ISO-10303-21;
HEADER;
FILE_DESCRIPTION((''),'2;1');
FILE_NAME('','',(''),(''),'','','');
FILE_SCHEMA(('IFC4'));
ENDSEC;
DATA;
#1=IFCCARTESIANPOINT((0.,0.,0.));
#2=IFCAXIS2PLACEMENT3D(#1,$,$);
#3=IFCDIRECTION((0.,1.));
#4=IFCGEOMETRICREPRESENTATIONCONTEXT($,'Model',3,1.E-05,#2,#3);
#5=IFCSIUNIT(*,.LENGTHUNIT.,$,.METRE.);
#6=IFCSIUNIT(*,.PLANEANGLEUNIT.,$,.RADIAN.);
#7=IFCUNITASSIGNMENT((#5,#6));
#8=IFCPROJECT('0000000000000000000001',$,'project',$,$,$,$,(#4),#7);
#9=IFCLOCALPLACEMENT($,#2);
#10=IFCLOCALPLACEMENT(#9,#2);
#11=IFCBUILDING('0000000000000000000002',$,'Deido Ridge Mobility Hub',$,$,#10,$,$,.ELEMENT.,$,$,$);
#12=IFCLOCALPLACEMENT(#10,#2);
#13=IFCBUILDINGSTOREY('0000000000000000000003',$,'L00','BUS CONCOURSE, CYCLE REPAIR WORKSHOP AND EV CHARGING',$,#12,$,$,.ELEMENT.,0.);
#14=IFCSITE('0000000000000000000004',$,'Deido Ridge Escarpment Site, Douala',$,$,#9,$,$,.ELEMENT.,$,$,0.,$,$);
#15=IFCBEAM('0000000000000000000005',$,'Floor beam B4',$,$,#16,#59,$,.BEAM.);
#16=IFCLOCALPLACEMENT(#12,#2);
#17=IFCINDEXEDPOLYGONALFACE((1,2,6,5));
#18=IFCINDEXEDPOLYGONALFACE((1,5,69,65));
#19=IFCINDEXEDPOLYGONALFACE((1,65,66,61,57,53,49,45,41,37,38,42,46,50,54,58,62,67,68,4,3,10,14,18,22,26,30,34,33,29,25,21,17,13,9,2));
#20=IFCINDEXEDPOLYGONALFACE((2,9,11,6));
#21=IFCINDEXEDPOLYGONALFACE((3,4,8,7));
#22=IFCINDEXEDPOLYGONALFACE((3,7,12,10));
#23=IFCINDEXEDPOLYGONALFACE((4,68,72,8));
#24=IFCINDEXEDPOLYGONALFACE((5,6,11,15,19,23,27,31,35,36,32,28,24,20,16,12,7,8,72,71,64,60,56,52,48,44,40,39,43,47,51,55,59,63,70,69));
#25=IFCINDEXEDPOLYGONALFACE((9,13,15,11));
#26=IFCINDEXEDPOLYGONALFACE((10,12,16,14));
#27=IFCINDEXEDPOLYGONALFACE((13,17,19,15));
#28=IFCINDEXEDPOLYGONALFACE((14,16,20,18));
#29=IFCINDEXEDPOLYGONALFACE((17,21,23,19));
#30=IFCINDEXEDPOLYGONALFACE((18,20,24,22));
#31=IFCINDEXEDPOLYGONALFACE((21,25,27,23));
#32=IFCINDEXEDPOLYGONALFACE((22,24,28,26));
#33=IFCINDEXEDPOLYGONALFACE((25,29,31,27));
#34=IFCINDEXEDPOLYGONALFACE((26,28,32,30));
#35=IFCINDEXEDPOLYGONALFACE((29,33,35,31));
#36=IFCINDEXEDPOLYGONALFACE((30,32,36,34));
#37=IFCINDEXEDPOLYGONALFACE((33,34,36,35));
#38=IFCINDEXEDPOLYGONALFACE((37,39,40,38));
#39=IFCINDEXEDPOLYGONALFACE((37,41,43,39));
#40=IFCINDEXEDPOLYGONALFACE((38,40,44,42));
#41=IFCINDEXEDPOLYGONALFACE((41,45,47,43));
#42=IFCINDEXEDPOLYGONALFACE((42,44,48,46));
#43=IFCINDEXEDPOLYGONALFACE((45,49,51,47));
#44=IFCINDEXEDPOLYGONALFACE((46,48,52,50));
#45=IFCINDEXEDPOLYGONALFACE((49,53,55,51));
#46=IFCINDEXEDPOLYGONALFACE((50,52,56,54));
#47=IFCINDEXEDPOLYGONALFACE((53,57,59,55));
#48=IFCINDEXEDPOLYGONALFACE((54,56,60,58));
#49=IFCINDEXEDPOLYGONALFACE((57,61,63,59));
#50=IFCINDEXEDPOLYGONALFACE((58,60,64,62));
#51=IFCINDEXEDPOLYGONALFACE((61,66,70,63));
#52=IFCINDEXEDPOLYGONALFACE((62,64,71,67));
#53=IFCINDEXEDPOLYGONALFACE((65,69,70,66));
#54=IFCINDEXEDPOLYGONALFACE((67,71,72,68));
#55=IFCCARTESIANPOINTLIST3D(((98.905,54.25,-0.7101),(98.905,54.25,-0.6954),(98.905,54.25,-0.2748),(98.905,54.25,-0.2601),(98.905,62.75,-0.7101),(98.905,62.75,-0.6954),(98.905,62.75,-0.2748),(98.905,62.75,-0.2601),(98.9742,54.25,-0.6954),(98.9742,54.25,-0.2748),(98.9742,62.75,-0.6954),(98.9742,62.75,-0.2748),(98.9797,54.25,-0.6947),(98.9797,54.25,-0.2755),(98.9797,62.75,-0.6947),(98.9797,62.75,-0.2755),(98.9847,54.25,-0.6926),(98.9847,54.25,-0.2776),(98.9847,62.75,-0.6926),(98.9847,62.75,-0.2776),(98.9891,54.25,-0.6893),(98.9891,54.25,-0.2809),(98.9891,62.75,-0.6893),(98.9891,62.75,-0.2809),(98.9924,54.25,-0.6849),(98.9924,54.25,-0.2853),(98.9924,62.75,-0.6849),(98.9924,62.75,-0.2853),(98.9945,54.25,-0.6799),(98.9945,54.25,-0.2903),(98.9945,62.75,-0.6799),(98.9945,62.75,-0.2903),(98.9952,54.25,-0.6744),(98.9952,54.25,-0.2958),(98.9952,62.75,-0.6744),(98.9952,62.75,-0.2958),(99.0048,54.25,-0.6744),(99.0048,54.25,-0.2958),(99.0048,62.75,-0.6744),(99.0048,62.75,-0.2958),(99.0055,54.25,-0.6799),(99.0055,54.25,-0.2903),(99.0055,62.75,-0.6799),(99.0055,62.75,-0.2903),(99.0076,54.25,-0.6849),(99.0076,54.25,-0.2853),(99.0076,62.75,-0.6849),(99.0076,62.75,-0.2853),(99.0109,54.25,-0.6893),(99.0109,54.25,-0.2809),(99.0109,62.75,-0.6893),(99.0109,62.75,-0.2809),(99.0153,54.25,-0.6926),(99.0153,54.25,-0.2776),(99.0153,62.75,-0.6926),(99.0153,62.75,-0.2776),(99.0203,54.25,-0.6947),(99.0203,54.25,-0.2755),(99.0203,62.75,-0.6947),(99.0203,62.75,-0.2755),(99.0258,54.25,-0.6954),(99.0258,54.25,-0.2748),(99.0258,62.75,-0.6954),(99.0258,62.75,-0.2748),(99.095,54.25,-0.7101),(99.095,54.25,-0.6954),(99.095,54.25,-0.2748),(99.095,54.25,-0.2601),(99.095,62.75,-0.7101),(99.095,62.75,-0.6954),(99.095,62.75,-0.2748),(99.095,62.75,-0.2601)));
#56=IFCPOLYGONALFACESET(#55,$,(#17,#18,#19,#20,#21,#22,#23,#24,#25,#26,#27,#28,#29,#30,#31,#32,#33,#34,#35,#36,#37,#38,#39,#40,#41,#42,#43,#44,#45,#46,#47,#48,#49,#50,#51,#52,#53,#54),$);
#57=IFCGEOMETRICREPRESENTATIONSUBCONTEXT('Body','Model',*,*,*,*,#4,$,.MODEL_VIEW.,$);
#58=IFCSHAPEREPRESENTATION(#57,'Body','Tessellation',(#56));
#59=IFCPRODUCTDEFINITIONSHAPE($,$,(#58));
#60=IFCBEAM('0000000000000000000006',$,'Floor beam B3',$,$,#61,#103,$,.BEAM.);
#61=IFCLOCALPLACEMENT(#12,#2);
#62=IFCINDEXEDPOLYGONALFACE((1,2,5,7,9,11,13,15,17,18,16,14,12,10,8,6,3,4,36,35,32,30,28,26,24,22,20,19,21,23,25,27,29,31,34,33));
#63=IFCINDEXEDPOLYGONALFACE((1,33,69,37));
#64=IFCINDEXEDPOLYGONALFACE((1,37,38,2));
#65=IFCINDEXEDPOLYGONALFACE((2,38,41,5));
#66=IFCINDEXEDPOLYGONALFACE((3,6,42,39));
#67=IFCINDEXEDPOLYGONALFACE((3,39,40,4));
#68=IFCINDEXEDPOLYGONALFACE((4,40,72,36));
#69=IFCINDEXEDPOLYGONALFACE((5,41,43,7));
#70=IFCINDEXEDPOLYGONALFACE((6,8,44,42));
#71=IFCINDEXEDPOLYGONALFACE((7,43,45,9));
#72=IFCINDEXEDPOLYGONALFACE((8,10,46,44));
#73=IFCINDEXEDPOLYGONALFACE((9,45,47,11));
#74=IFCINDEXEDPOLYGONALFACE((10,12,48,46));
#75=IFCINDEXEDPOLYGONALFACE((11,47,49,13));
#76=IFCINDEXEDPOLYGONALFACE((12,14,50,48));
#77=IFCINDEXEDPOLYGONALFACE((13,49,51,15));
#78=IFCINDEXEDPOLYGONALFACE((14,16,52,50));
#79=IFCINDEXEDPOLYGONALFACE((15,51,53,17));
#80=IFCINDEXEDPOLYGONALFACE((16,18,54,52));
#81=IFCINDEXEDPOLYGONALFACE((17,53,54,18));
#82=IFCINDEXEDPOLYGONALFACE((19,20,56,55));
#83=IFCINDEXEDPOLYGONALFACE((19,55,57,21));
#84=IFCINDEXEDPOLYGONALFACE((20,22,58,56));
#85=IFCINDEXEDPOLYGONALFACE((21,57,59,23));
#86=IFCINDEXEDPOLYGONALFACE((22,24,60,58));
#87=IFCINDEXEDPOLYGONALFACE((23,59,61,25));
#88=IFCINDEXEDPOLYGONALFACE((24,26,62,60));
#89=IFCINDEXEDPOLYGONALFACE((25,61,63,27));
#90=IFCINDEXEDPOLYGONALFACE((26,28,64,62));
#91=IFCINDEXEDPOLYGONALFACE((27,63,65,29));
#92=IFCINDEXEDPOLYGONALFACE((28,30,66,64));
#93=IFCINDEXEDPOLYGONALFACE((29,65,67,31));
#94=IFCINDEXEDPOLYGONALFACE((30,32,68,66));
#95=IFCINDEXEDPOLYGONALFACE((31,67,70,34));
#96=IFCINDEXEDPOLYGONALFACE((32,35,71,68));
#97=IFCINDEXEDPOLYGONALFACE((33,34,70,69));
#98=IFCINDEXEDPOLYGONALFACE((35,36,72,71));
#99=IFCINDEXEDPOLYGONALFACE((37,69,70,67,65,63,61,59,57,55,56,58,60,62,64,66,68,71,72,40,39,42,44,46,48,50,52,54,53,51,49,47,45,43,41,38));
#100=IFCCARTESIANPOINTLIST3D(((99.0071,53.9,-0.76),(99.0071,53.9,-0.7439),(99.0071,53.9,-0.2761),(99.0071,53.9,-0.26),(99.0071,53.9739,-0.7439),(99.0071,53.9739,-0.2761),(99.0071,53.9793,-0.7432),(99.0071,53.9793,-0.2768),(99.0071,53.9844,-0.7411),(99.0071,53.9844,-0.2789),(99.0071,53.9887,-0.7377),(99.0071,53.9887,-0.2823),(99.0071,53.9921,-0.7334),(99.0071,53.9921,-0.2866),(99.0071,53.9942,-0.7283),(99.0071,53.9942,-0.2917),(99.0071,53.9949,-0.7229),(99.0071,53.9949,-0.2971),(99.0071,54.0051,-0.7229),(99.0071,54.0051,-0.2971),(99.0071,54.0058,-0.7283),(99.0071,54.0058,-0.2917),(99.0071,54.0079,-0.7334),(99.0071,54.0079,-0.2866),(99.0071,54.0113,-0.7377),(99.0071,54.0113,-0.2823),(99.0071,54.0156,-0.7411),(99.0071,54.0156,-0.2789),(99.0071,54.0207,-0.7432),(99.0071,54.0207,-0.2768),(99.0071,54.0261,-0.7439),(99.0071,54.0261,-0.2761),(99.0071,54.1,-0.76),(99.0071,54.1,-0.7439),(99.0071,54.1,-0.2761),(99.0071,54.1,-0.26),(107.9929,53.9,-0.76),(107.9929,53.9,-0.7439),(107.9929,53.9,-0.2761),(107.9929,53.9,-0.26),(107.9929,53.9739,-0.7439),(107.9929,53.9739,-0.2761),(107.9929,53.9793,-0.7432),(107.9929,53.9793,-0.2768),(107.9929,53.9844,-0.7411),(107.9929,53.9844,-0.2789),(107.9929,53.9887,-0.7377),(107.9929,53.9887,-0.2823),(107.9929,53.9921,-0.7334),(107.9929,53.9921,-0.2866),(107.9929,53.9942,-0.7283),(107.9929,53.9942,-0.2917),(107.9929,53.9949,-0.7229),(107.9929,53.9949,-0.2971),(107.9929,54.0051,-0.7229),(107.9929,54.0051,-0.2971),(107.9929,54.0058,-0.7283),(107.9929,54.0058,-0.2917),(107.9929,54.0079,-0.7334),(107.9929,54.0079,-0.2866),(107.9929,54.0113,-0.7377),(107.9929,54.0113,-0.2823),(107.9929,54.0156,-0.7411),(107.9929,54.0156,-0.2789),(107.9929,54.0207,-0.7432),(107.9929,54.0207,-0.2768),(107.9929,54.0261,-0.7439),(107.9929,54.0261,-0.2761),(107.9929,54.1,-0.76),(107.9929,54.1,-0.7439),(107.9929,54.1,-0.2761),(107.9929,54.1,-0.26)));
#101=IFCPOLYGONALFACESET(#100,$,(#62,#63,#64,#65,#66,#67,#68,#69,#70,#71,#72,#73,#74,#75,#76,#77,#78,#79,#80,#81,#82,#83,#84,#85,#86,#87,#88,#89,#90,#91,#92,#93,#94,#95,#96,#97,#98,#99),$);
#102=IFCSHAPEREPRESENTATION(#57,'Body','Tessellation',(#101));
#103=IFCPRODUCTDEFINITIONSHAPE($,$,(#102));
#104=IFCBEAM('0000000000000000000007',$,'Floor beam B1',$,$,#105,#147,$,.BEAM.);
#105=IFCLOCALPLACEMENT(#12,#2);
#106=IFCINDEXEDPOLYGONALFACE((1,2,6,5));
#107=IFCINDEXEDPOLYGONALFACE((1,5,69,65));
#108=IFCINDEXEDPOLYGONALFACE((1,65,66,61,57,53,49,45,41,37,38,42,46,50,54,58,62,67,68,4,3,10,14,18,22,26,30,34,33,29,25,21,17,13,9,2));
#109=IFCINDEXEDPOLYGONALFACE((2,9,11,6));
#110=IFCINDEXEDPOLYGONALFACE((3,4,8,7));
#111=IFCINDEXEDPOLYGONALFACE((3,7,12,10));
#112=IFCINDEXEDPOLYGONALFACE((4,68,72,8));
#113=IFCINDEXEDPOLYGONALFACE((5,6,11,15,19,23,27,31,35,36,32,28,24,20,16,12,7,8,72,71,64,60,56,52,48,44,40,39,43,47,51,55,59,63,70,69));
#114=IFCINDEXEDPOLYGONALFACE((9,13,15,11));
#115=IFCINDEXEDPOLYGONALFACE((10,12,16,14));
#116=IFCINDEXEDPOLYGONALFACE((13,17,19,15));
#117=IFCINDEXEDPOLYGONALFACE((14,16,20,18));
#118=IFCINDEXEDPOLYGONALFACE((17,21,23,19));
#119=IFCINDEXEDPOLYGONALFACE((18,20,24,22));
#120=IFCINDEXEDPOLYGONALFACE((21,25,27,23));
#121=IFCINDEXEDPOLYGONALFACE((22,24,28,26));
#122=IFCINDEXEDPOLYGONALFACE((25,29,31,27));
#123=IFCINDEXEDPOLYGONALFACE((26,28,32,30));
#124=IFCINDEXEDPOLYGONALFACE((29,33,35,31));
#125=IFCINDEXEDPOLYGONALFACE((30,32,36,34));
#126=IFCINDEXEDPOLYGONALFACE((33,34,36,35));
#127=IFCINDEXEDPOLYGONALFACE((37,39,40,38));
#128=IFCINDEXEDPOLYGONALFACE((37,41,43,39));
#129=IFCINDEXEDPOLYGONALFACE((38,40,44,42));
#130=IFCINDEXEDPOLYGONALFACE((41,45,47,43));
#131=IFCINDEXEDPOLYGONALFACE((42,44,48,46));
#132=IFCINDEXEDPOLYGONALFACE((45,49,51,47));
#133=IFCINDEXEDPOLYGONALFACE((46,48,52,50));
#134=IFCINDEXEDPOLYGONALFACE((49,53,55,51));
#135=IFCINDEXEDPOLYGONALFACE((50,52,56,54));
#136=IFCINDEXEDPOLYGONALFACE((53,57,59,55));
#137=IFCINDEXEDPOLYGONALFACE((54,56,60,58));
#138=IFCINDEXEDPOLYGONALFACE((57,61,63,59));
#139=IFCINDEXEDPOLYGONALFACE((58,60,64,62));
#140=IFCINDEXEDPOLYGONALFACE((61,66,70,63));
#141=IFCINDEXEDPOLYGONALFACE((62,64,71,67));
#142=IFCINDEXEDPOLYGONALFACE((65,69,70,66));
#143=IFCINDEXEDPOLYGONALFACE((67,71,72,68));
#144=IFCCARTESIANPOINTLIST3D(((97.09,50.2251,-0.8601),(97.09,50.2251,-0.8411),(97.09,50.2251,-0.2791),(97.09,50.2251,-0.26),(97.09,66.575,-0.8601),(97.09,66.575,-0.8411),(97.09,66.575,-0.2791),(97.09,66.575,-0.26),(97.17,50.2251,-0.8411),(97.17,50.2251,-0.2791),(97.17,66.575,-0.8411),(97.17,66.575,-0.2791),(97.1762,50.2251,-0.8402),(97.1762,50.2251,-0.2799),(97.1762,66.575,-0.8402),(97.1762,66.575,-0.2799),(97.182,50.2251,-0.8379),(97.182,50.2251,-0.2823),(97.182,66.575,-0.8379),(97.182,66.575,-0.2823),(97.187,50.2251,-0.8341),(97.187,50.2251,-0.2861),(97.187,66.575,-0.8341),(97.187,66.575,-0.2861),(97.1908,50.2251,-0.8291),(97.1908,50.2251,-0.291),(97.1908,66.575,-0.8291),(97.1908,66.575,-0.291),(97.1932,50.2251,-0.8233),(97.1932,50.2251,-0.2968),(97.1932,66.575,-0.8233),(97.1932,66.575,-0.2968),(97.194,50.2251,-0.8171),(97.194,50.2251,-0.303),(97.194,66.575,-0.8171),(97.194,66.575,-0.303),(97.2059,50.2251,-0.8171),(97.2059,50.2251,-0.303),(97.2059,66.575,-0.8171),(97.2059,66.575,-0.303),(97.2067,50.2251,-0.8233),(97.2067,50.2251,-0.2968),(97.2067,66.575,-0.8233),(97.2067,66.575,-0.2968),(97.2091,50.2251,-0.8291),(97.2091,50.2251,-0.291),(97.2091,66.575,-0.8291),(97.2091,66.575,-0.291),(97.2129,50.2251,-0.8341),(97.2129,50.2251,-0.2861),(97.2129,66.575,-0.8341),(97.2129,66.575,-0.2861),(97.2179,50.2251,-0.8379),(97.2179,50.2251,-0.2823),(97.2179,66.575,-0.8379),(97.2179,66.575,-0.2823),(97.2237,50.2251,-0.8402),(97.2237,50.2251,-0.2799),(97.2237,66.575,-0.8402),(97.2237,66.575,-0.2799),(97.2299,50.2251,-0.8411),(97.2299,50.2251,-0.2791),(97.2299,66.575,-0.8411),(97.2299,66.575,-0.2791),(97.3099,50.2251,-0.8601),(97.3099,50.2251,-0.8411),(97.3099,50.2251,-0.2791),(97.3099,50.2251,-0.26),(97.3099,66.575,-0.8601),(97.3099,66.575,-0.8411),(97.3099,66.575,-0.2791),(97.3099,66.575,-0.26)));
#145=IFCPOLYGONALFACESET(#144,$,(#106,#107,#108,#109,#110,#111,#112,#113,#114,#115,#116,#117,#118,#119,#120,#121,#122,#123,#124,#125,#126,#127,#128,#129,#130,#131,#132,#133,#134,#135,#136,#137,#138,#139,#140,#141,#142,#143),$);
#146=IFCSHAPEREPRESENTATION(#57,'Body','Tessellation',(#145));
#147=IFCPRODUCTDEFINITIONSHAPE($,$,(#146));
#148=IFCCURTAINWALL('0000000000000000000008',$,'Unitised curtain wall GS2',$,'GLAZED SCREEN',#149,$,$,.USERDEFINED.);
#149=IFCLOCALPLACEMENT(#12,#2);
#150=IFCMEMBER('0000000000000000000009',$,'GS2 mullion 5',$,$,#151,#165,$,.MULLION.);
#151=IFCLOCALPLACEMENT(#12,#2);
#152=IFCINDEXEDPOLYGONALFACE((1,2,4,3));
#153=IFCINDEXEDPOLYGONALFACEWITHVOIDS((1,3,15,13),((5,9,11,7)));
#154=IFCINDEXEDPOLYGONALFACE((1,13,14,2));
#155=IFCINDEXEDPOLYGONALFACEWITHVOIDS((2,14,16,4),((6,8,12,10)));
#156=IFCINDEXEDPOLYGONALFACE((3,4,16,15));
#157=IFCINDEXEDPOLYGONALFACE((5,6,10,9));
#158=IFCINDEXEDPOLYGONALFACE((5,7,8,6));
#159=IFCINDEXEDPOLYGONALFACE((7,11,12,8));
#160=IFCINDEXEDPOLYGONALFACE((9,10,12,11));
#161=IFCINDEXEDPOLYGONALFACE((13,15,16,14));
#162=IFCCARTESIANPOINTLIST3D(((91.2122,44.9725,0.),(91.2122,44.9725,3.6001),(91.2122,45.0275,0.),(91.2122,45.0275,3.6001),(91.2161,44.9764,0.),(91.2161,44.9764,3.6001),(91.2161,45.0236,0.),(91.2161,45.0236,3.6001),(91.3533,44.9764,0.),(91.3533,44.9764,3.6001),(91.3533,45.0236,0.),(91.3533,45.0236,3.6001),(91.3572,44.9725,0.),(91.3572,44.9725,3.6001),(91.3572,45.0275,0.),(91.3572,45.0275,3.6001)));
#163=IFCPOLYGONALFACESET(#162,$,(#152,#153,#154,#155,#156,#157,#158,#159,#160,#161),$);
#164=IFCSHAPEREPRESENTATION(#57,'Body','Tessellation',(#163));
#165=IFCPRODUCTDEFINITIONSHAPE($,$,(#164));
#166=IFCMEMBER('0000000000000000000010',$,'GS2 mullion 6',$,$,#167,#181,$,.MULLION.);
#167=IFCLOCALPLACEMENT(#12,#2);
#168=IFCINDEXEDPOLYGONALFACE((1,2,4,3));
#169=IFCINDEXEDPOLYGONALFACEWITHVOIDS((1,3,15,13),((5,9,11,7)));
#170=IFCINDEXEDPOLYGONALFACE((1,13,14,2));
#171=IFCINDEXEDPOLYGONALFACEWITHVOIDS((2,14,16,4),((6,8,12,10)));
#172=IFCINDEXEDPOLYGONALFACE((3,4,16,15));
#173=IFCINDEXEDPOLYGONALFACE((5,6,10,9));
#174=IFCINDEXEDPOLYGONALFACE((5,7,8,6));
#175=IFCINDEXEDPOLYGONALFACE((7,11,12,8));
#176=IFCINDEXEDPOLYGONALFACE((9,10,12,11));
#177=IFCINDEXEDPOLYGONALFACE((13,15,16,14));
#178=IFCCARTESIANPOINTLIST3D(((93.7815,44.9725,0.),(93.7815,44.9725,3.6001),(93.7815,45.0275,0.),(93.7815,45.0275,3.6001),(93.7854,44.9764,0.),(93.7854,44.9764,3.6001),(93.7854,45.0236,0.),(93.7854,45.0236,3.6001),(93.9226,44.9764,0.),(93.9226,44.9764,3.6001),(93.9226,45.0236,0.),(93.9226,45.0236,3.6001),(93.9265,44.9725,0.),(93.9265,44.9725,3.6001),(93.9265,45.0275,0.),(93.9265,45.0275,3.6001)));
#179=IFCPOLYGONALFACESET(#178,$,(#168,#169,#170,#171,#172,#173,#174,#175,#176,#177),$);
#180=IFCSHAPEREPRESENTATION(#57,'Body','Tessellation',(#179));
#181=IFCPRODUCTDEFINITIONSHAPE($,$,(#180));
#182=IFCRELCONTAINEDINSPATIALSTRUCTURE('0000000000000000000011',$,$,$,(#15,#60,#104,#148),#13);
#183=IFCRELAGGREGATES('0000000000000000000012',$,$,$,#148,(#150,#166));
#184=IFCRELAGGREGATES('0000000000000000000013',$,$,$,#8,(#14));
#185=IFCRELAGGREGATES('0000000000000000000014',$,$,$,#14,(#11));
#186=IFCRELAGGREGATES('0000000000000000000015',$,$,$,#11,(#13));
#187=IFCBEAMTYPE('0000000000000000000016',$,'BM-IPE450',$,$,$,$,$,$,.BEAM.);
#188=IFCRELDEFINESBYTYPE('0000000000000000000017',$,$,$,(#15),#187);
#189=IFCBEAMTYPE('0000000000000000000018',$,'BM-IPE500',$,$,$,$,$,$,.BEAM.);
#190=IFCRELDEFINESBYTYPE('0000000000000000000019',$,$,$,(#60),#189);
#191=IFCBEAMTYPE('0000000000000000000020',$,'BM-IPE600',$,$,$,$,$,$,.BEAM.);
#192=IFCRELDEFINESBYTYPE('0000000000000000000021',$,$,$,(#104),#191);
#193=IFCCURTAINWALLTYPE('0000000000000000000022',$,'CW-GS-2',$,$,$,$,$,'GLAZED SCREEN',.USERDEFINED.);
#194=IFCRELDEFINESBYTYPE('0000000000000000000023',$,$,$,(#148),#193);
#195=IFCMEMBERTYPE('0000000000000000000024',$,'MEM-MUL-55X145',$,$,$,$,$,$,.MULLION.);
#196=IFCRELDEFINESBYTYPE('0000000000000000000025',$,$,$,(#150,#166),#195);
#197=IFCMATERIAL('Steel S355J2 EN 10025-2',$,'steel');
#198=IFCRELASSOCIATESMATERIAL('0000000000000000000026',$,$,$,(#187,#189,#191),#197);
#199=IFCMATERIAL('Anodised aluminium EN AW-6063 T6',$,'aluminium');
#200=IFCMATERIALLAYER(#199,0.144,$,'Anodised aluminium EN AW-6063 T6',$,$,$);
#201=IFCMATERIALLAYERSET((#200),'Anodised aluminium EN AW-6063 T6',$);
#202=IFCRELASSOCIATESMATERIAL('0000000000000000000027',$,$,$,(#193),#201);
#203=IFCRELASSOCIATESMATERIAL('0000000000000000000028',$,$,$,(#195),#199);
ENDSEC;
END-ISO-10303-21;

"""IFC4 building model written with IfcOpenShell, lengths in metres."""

from ifc_helpers import new_model, si_unit, direction, frame, origin, origin_2d, place, context, subcontext, project, spatial, hollow_rectangle, i_section, extrude, material, layer, layer_set, material_profile, profile_set, type_object, element, aggregate, save


model = new_model("IFC4")

# Units and contexts
model_context = context("Model", 3, precision=1e-05, world=origin(), true_north=direction((0.0, 1.0)))
body_context = subcontext(model_context, "Body", "Model", "MODEL_VIEW")
ifc_project = project(units=[si_unit("LENGTHUNIT", "METRE"), si_unit("PLANEANGLEUNIT", "RADIAN")], contexts=[model_context])

# Site, building, storey
site_placement = place(None, origin())
site = spatial("IfcSite", under=ifc_project, at=site_placement, Name="Deido Ridge Escarpment Site, Douala", CompositionType="ELEMENT", RefElevation=0.0)
building_placement = place(site_placement, origin())
building = spatial("IfcBuilding", under=site, at=building_placement, Name="Deido Ridge Mobility Hub", CompositionType="ELEMENT")
storey_placement = place(building_placement, origin())
storey = spatial("IfcBuildingStorey", under=building, at=storey_placement, Name="L00", Description="BUS CONCOURSE, CYCLE REPAIR WORKSHOP AND EV CHARGING", CompositionType="ELEMENT", Elevation=0.0)

# Shared definitions
ifc_material_1 = material(Name="Steel S355J2 EN 10025-2", Category="steel")

# Beams
ifc_material_profile_1 = material_profile(ifc_material_1, i_section(OverallWidth=0.1899, OverallDepth=0.45, WebThickness=0.0095, FlangeThickness=0.0146, FilletRadius=0.021, at=origin_2d()), Name="IPE 450")
ifc_profile_set_1 = profile_set([ifc_material_profile_1], Name="Steel S355J2 EN 10025-2")
beam_type_1 = type_object("IfcBeamType", Name="BM-IPE450", PredefinedType="BEAM", material=ifc_profile_set_1)
for number, where, z_axis, x_axis, name in (
    (1, (99.0, 54.25, -0.4851), (0.0, 1.0, 0.0), (-1.0, 0.0, 0.0), "Floor beam B4"),
):
    element("IfcBeam", number, at=place(storey_placement, frame(where, z_axis=z_axis, x_axis=x_axis)), inside=storey, type_object=beam_type_1, Name=name, PredefinedType="BEAM", context=body_context, shape_type="SweptSolid", body=[
        extrude(i_section(OverallWidth=0.1899, OverallDepth=0.45, WebThickness=0.0095, FlangeThickness=0.0146, FilletRadius=0.021, at=origin_2d()), origin(), (0.0, 0.0, 1.0), 8.5),
    ])
ifc_material_profile_2 = material_profile(ifc_material_1, i_section(OverallWidth=0.2, OverallDepth=0.5, WebThickness=0.0103, FlangeThickness=0.0161, FilletRadius=0.021, at=origin_2d()), Name="IPE 500")
ifc_profile_set_2 = profile_set([ifc_material_profile_2], Name="Steel S355J2 EN 10025-2")
beam_type_2 = type_object("IfcBeamType", Name="BM-IPE500", PredefinedType="BEAM", material=ifc_profile_set_2)
beam_1_placement = place(storey_placement, frame((99.0071, 54.0, -0.51), z_axis=(1.0, 0.0, 0.0), x_axis=(0.0, 1.0, 0.0)))
element("IfcBeam", 2, at=beam_1_placement, inside=storey, type_object=beam_type_2, Name="Floor beam B3", PredefinedType="BEAM", context=body_context, shape_type="SweptSolid", body=[
    extrude(i_section(OverallWidth=0.2, OverallDepth=0.5, WebThickness=0.0103, FlangeThickness=0.0161, FilletRadius=0.021, at=origin_2d()), origin(), (0.0, 0.0, 1.0), 8.9858),
])
ifc_material_profile_3 = material_profile(ifc_material_1, i_section(OverallWidth=0.22, OverallDepth=0.6001, WebThickness=0.012, FlangeThickness=0.019, FilletRadius=0.0239, at=origin_2d()), Name="IPE 600")
ifc_profile_set_3 = profile_set([ifc_material_profile_3], Name="Steel S355J2 EN 10025-2")
beam_type_3 = type_object("IfcBeamType", Name="BM-IPE600", PredefinedType="BEAM", material=ifc_profile_set_3)
beam_2_placement = place(storey_placement, frame((97.2, 50.2251, -0.5601), z_axis=(0.0, 1.0, 0.0), x_axis=(-1.0, 0.0, 0.0)))
element("IfcBeam", 3, at=beam_2_placement, inside=storey, type_object=beam_type_3, Name="Floor beam B1", PredefinedType="BEAM", context=body_context, shape_type="SweptSolid", body=[
    extrude(i_section(OverallWidth=0.22, OverallDepth=0.6001, WebThickness=0.012, FlangeThickness=0.019, FilletRadius=0.0239, at=origin_2d()), origin(), (0.0, 0.0, 1.0), 16.3499),
])

# Curtain wall, members
ifc_material_2 = material(Name="Anodised aluminium EN AW-6063 T6", Category="aluminium")
ifc_layer_1 = layer(ifc_material_2, 0.144, Name="Anodised aluminium EN AW-6063 T6")
ifc_layer_set_1 = layer_set([ifc_layer_1], Name="Anodised aluminium EN AW-6063 T6")
curtain_wall_type = type_object("IfcCurtainWallType", Name="CW-GS-2", ElementType="GLAZED SCREEN", PredefinedType="USERDEFINED", material=ifc_layer_set_1)
curtain_wall_1_placement = place(storey_placement, origin())
curtain_wall_1 = element("IfcCurtainWall", 4, at=curtain_wall_1_placement, inside=storey, type_object=curtain_wall_type, Name="Unitised curtain wall GS2", ObjectType="GLAZED SCREEN", PredefinedType="USERDEFINED")
ifc_material_profile_4 = material_profile(ifc_material_2, hollow_rectangle(XDim=0.0549, YDim=0.145, WallThickness=0.0039, at=origin_2d()), Name="RHS 55x145x4")
ifc_profile_set_4 = profile_set([ifc_material_profile_4], Name="Anodised aluminium EN AW-6063 T6")
member_type_1 = type_object("IfcMemberType", Name="MEM-MUL-55X145", PredefinedType="MULLION", material=ifc_profile_set_4)
member_1_placement = place(storey_placement, frame((91.2847, 45.0, 0.0), z_axis=(0.0, 0.0, 1.0), x_axis=(0.0, 1.0, 0.0)))
member_1 = element("IfcMember", 5, at=member_1_placement, type_object=member_type_1, Name="GS2 mullion 5", PredefinedType="MULLION", context=body_context, shape_type="SweptSolid", body=[
    extrude(hollow_rectangle(XDim=0.0549, YDim=0.145, WallThickness=0.0039, at=origin_2d()), origin(), (0.0, 0.0, 1.0), 3.6001),
])
member_2_placement = place(storey_placement, frame((93.854, 45.0, 0.0), z_axis=(0.0, 0.0, 1.0), x_axis=(0.0, 1.0, 0.0)))
member_2 = element("IfcMember", 6, at=member_2_placement, type_object=member_type_1, Name="GS2 mullion 6", PredefinedType="MULLION", context=body_context, shape_type="SweptSolid", body=[
    extrude(hollow_rectangle(XDim=0.0549, YDim=0.145, WallThickness=0.0039, at=origin_2d()), origin(), (0.0, 0.0, 1.0), 3.6001),
])

aggregate(curtain_wall_1, [member_1, member_2])

save(model, "model.ifc")
